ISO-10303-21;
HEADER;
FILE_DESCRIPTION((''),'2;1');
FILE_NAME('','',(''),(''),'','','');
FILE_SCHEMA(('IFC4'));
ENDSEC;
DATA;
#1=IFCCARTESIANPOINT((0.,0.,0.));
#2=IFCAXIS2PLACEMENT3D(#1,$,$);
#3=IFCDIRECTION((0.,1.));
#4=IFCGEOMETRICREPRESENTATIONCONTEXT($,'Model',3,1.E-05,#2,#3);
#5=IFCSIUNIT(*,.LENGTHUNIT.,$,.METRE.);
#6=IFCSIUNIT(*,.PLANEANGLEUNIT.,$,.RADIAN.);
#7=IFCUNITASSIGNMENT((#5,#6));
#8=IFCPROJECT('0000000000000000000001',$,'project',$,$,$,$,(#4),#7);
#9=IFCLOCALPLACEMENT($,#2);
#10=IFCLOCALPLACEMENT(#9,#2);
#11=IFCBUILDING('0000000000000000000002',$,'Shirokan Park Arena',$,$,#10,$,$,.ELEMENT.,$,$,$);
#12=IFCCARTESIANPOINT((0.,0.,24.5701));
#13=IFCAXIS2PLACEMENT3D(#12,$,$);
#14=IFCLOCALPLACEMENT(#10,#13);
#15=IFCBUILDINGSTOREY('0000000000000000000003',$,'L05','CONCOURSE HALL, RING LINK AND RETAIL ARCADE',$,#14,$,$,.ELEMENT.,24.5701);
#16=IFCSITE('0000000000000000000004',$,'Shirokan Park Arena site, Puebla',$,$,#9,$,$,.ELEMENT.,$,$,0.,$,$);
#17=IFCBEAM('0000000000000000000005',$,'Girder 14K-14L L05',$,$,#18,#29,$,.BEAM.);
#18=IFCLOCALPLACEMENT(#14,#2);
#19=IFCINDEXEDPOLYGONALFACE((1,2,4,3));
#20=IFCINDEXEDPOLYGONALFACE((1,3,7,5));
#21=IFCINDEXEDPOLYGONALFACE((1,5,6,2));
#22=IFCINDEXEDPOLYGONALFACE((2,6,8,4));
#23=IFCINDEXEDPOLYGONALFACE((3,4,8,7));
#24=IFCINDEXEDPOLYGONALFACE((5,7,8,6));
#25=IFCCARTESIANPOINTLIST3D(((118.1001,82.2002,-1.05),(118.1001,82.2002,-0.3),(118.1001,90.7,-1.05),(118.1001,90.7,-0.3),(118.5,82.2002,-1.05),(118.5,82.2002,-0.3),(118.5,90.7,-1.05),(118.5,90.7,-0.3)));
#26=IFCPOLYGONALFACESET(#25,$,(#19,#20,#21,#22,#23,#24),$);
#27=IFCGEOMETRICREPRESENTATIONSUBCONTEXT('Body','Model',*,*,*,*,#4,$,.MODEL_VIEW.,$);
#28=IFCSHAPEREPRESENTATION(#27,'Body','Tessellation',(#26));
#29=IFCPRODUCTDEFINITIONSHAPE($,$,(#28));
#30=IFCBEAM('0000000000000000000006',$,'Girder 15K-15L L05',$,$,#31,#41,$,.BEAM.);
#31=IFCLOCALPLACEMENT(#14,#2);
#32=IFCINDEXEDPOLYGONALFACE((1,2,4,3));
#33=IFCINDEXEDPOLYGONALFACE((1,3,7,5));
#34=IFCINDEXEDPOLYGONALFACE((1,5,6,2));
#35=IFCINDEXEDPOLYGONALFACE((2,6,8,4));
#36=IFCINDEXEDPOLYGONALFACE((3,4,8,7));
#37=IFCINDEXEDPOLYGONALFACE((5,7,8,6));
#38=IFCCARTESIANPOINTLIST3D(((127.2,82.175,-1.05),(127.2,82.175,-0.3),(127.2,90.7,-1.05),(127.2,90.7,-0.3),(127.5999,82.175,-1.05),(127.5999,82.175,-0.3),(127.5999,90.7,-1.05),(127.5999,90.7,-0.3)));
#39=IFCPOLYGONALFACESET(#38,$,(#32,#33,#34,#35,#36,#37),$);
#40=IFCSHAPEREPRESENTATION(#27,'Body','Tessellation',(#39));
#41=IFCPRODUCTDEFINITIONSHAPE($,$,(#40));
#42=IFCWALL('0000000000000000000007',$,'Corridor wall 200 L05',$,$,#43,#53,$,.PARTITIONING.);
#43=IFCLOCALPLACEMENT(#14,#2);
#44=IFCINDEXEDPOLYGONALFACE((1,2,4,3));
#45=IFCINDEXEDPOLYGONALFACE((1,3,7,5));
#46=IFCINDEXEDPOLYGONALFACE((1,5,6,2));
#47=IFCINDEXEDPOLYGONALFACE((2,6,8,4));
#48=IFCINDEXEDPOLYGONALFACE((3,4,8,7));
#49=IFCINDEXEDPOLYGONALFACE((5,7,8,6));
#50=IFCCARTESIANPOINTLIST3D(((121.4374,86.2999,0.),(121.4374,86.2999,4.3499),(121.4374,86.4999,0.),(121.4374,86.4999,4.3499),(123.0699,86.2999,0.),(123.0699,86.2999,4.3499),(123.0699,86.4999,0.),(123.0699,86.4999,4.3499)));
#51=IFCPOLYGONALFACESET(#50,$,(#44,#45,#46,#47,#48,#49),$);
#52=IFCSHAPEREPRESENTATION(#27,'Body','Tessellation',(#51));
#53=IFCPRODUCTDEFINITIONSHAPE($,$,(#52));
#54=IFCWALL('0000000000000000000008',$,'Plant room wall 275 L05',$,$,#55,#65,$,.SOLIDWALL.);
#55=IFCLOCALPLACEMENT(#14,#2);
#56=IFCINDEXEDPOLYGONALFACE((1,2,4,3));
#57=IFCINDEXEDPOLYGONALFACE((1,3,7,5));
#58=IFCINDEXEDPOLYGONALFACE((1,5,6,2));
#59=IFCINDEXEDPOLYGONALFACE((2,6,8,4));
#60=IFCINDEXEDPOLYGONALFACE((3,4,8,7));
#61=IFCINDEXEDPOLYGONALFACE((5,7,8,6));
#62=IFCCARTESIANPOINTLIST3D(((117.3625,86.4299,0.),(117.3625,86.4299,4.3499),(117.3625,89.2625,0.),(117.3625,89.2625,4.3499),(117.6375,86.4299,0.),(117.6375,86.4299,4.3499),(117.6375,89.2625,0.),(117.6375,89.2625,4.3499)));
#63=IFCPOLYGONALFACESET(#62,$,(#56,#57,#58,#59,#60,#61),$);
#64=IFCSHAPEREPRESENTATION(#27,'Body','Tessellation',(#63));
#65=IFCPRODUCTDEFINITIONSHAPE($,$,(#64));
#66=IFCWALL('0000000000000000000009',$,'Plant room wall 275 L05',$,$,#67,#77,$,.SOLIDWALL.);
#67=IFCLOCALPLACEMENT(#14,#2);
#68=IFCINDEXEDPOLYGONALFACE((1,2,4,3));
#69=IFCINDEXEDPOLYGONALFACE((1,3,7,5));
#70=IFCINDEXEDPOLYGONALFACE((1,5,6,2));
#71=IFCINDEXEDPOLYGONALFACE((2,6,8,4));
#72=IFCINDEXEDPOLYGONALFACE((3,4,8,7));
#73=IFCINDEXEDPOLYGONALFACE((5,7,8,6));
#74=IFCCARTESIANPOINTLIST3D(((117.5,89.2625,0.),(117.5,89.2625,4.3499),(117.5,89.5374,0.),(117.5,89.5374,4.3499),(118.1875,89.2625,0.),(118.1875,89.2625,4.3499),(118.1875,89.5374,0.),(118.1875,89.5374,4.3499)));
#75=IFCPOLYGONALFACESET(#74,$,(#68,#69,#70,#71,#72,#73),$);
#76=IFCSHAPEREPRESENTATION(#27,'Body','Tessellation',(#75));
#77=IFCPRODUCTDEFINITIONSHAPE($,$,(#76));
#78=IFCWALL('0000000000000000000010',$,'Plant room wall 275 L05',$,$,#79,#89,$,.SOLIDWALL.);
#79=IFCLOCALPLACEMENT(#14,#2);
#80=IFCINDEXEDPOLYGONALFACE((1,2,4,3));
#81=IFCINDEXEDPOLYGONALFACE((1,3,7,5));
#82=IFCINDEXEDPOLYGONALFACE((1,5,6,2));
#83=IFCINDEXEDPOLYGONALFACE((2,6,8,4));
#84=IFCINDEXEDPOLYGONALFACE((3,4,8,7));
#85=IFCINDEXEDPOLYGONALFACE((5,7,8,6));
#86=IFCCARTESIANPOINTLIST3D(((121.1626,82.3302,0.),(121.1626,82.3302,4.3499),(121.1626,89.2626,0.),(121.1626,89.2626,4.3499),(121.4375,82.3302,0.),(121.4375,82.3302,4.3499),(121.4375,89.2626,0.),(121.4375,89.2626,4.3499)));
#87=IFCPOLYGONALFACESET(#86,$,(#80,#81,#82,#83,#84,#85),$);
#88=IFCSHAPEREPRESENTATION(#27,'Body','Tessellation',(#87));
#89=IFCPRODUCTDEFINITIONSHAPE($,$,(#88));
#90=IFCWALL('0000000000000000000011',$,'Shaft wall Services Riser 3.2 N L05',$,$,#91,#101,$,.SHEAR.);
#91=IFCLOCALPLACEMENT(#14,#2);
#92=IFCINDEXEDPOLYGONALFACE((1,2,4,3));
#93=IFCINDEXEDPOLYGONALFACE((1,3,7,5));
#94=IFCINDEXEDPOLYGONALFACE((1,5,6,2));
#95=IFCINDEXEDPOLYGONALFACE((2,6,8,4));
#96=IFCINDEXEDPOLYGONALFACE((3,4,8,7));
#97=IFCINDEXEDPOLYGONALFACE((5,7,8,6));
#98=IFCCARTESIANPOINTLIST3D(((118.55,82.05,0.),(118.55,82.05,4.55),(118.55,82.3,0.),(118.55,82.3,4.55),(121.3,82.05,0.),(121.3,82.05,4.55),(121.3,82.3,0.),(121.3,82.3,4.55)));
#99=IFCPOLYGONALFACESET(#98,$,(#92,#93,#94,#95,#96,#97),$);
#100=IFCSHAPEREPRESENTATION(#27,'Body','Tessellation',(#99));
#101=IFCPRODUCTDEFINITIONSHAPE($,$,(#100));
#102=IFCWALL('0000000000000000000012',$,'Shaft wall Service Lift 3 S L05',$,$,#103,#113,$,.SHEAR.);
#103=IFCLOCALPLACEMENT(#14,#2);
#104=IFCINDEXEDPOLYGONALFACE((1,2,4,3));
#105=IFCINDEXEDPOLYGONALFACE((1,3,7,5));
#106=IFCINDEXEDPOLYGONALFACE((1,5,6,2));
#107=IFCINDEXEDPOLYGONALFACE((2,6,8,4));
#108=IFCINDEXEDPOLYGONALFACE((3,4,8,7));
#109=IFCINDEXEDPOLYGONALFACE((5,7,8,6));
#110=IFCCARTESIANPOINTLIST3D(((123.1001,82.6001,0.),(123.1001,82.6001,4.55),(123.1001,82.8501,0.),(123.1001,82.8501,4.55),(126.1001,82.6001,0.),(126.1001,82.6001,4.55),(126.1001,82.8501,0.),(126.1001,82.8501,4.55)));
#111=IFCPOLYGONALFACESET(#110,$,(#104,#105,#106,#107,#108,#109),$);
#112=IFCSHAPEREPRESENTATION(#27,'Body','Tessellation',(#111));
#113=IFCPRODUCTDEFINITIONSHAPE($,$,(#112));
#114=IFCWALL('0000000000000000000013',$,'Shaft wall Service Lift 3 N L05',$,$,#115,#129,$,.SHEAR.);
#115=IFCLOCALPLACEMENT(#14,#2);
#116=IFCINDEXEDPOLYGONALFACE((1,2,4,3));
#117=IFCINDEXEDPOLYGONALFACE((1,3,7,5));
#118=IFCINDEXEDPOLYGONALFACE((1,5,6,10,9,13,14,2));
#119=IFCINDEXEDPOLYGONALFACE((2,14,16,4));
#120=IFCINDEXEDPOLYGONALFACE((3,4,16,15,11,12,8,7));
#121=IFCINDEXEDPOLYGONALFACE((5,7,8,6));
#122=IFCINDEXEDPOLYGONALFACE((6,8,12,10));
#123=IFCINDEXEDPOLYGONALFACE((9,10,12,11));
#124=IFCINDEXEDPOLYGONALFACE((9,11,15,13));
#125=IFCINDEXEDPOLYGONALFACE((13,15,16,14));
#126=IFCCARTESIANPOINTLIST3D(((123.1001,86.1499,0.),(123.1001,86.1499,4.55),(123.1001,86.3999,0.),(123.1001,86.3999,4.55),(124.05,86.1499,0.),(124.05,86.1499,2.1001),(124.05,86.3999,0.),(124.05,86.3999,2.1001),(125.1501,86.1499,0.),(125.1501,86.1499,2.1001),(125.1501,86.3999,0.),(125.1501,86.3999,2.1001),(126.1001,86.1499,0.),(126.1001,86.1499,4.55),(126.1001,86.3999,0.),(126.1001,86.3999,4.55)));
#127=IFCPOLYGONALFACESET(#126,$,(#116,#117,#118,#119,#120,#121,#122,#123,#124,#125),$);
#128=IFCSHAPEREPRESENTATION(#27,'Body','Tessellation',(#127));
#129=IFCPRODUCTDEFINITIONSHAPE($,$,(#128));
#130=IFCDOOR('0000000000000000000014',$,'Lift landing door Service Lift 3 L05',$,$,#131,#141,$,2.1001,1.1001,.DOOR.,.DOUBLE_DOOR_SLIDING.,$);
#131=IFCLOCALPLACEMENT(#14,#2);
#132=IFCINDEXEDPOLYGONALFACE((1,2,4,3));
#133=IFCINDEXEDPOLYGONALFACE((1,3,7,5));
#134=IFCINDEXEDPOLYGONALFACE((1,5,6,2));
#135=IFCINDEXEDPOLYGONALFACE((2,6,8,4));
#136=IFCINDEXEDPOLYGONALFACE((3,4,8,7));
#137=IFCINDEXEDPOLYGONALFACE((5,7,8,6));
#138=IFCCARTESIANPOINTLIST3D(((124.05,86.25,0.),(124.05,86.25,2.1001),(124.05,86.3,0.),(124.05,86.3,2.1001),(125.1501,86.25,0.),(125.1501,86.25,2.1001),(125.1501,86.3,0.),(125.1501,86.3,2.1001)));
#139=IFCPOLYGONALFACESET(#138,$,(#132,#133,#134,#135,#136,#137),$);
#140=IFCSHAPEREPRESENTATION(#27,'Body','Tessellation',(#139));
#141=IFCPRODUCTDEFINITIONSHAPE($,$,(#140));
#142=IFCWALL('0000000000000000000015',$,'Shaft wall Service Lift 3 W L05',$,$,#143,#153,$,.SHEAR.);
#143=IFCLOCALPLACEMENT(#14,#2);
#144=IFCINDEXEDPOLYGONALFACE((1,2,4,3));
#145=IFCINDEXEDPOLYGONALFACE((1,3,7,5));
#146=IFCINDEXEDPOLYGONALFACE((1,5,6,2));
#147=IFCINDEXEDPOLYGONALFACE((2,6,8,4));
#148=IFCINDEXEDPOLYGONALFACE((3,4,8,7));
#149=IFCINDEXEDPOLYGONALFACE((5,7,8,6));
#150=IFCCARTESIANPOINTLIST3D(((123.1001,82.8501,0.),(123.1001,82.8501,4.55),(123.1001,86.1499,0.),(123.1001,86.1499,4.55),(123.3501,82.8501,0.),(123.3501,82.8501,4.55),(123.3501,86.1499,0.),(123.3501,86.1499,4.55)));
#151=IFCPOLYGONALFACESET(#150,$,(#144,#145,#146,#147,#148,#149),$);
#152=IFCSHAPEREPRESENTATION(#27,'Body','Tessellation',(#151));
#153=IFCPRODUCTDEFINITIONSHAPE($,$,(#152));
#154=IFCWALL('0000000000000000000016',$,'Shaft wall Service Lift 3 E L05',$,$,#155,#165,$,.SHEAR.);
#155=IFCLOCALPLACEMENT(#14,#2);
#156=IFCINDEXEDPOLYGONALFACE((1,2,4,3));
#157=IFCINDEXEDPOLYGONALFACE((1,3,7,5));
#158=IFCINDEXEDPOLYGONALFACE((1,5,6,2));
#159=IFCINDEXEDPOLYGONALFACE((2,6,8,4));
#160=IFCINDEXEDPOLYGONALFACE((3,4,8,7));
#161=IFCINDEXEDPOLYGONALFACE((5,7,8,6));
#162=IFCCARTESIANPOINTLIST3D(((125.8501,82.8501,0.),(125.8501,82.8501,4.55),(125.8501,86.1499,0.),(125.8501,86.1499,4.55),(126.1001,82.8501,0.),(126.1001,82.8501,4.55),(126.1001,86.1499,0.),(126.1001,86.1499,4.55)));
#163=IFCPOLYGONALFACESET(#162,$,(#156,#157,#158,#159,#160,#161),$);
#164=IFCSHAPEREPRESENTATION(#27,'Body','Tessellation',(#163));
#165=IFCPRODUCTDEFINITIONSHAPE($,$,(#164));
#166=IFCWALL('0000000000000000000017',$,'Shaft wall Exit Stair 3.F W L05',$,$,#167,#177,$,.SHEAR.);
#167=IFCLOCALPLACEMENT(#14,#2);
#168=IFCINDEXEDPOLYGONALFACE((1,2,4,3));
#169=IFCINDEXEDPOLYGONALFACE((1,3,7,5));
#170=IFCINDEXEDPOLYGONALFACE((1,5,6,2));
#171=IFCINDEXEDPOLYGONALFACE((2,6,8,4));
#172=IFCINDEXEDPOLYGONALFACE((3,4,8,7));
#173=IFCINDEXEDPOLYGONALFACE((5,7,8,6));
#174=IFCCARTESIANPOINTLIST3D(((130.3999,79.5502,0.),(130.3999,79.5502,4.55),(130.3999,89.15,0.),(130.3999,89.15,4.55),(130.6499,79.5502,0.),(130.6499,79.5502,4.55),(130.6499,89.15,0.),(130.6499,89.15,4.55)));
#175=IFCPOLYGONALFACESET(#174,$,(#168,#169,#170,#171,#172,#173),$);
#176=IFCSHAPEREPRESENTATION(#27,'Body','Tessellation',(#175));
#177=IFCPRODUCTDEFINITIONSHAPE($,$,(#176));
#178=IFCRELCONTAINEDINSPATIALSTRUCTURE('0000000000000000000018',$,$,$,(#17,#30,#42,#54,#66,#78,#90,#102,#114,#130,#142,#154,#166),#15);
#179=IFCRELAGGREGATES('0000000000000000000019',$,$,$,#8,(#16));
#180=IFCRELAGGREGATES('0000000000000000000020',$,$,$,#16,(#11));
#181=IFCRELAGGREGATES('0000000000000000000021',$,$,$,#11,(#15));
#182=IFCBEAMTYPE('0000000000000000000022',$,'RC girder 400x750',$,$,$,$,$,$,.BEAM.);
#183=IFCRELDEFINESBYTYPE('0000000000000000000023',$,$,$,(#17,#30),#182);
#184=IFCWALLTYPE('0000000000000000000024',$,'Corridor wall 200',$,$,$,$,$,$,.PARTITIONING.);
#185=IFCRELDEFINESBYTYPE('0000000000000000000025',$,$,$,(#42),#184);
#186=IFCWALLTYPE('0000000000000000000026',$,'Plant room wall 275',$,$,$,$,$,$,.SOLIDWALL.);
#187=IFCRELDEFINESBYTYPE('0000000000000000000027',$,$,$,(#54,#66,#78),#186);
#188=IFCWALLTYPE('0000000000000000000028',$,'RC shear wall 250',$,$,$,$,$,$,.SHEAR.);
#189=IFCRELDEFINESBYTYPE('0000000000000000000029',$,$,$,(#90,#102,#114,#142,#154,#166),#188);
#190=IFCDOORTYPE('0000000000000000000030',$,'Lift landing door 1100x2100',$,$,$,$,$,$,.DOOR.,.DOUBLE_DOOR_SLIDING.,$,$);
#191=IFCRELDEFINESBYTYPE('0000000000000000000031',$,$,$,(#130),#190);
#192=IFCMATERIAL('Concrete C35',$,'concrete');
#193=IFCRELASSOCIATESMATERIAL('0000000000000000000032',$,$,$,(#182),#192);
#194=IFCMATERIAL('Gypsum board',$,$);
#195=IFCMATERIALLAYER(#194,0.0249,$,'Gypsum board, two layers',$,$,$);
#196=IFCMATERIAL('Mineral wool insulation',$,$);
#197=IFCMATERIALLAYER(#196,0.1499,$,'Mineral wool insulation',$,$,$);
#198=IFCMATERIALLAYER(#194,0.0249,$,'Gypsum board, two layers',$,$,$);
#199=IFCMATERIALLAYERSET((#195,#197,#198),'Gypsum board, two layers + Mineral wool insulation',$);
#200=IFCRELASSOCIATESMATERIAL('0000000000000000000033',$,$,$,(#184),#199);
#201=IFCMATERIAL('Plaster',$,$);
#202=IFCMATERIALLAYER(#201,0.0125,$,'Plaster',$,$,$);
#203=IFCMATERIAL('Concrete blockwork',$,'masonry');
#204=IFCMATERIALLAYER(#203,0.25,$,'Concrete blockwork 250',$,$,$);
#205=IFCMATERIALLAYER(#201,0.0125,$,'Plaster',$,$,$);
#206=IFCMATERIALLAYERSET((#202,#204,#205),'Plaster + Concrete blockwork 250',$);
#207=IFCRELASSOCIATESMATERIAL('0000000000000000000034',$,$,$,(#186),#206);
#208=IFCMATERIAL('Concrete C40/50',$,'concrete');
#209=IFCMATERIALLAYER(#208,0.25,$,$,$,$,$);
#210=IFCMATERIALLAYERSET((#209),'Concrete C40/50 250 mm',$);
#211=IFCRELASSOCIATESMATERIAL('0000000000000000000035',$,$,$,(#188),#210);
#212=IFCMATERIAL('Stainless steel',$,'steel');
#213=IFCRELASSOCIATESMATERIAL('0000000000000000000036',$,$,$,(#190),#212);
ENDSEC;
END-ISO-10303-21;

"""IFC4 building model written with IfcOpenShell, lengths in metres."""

from ifc_helpers import new_model, si_unit, direction, frame, frame_2d, origin, origin_2d, place, context, subcontext, project, spatial, rectangle, extrude, material, layer, layer_set, material_profile, profile_set, type_object, element, fill, save


model = new_model("IFC4")

# Units and contexts
model_context = context("Model", 3, precision=1e-05, world=origin(), true_north=direction((0.0, 1.0)))
body_context = subcontext(model_context, "Body", "Model", "MODEL_VIEW")
ifc_project = project(units=[si_unit("LENGTHUNIT", "METRE"), si_unit("PLANEANGLEUNIT", "RADIAN")], contexts=[model_context])

# Site, building, storey
site_placement = place(None, origin())
site = spatial("IfcSite", under=ifc_project, at=site_placement, Name="Shirokan Park Arena site, Puebla", CompositionType="ELEMENT", RefElevation=0.0)
building_placement = place(site_placement, origin())
building = spatial("IfcBuilding", under=site, at=building_placement, Name="Shirokan Park Arena", CompositionType="ELEMENT")
storey_placement = place(building_placement, frame((0.0, 0.0, 24.5701)))
storey = spatial("IfcBuildingStorey", under=building, at=storey_placement, Name="L05", Description="CONCOURSE HALL, RING LINK AND RETAIL ARCADE", CompositionType="ELEMENT", Elevation=24.5701)

# Beams
ifc_material_1 = material(Name="Concrete C35", Category="concrete")
ifc_material_profile = material_profile(ifc_material_1, rectangle(XDim=0.3999, YDim=0.75, at=origin_2d()), Name="400x750")
ifc_profile_set = profile_set([ifc_material_profile], Name="Concrete C35")
beam_type = type_object("IfcBeamType", Name="RC girder 400x750", PredefinedType="BEAM", material=ifc_profile_set)
beam_1_placement = place(storey_placement, frame((118.3, 82.2002, -0.675), z_axis=(0.0, 1.0, 0.0), x_axis=(-1.0, 0.0, 0.0)))
element("IfcBeam", 1, at=beam_1_placement, inside=storey, type_object=beam_type, Name="Girder 14K-14L L05", PredefinedType="BEAM", context=body_context, shape_type="SweptSolid", body=[
    extrude(rectangle(XDim=0.3999, YDim=0.75, at=origin_2d()), origin(), (0.0, 0.0, 1.0), 8.4998),
])
beam_2_placement = place(storey_placement, frame((127.3999, 82.175, -0.675), z_axis=(0.0, 1.0, 0.0), x_axis=(-1.0, 0.0, 0.0)))
element("IfcBeam", 2, at=beam_2_placement, inside=storey, type_object=beam_type, Name="Girder 15K-15L L05", PredefinedType="BEAM", context=body_context, shape_type="SweptSolid", body=[
    extrude(rectangle(XDim=0.3999, YDim=0.75, at=origin_2d()), origin(), (0.0, 0.0, 1.0), 8.5249),
])

# Shared definitions
ifc_material_2 = material(Name="Gypsum board")
ifc_layer_1 = layer(ifc_material_2, 0.0249, Name="Gypsum board, two layers")
ifc_material_3 = material(Name="Mineral wool insulation")
ifc_layer_2 = layer(ifc_material_3, 0.1499, Name="Mineral wool insulation")
ifc_layer_3 = layer(ifc_material_2, 0.0249, Name="Gypsum board, two layers")
ifc_layer_set_1 = layer_set([ifc_layer_1, ifc_layer_2, ifc_layer_3], Name="Gypsum board, two layers + Mineral wool insulation")
wall_type_1 = type_object("IfcWallType", Name="Corridor wall 200", PredefinedType="PARTITIONING", material=ifc_layer_set_1)

# Wall
wall_1_placement = place(storey_placement, frame((123.0701, 86.3999, 0.0), z_axis=(0.0, 0.0, 1.0), x_axis=(-1.0, 0.0, 0.0)))
element("IfcWall", 3, at=wall_1_placement, inside=storey, type_object=wall_type_1, Name="Corridor wall 200 L05", PredefinedType="PARTITIONING", context=body_context, shape_type="SweptSolid", body=[
    extrude(rectangle(XDim=1.6326, YDim=0.2, at=frame_2d((0.8164, 0.0))), origin(), (0.0, 0.0, 1.0), 4.3499),
])

# Walls
ifc_material_4 = material(Name="Plaster")
ifc_layer_4 = layer(ifc_material_4, 0.0125, Name="Plaster")
ifc_material_5 = material(Name="Concrete blockwork", Category="masonry")
ifc_layer_5 = layer(ifc_material_5, 0.25, Name="Concrete blockwork 250")
ifc_layer_6 = layer(ifc_material_4, 0.0125, Name="Plaster")
ifc_layer_set_2 = layer_set([ifc_layer_4, ifc_layer_5, ifc_layer_6], Name="Plaster + Concrete blockwork 250")
wall_type_2 = type_object("IfcWallType", Name="Plant room wall 275", PredefinedType="SOLIDWALL", material=ifc_layer_set_2)
wall_2_placement = place(storey_placement, frame((117.5, 86.4299, 0.0), z_axis=(0.0, 0.0, 1.0), x_axis=(0.0, 1.0, 0.0)))
element("IfcWall", 4, at=wall_2_placement, inside=storey, type_object=wall_type_2, Name="Plant room wall 275 L05", PredefinedType="SOLIDWALL", context=body_context, shape_type="SweptSolid", body=[
    extrude(rectangle(XDim=2.8325, YDim=0.2749, at=frame_2d((1.4163, 0.0))), origin(), (0.0, 0.0, 1.0), 4.3499),
])
wall_3_placement = place(storey_placement, frame((118.1875, 89.3999, 0.0), z_axis=(0.0, 0.0, 1.0), x_axis=(-1.0, 0.0, 0.0)))
element("IfcWall", 5, at=wall_3_placement, inside=storey, type_object=wall_type_2, Name="Plant room wall 275 L05", PredefinedType="SOLIDWALL", context=body_context, shape_type="SweptSolid", body=[
    extrude(rectangle(XDim=0.6875, YDim=0.2749, at=frame_2d((0.3438, 0.0))), origin(), (0.0, 0.0, 1.0), 4.3499),
])
wall_4_placement = place(storey_placement, frame((121.3, 82.3301, 0.0), z_axis=(0.0, 0.0, 1.0), x_axis=(0.0, 1.0, 0.0)))
element("IfcWall", 6, at=wall_4_placement, inside=storey, type_object=wall_type_2, Name="Plant room wall 275 L05", PredefinedType="SOLIDWALL", context=body_context, shape_type="SweptSolid", body=[
    extrude(rectangle(XDim=6.9324, YDim=0.2749, at=frame_2d((3.4663, 0.0))), origin(), (0.0, 0.0, 1.0), 4.3499),
])

# Walls
ifc_material_6 = material(Name="Concrete C40/50", Category="concrete")
ifc_layer_7 = layer(ifc_material_6, 0.25)
ifc_layer_set_3 = layer_set([ifc_layer_7], Name="Concrete C40/50 250 mm")
wall_type_3 = type_object("IfcWallType", Name="RC shear wall 250", PredefinedType="SHEAR", material=ifc_layer_set_3)
wall_5_placement = place(storey_placement, frame((121.3, 82.175, 0.0), z_axis=(0.0, 0.0, 1.0), x_axis=(-1.0, 0.0, 0.0)))
element("IfcWall", 7, at=wall_5_placement, inside=storey, type_object=wall_type_3, Name="Shaft wall Services Riser 3.2 N L05", PredefinedType="SHEAR", context=body_context, shape_type="SweptSolid", body=[
    extrude(rectangle(XDim=2.75, YDim=0.25, at=frame_2d((1.375, 0.0))), origin(), (0.0, 0.0, 1.0), 4.55),
])
wall_6_placement = place(storey_placement, frame((126.1001, 82.7251, 0.0), z_axis=(0.0, 0.0, 1.0), x_axis=(-1.0, 0.0, 0.0)))
element("IfcWall", 8, at=wall_6_placement, inside=storey, type_object=wall_type_3, Name="Shaft wall Service Lift 3 S L05", PredefinedType="SHEAR", context=body_context, shape_type="SweptSolid", body=[
    extrude(rectangle(XDim=3.0, YDim=0.25, at=frame_2d((1.5, 0.0))), origin(), (0.0, 0.0, 1.0), 4.55),
])

# Wall, opening, door
wall_7_placement = place(storey_placement, frame((126.1001, 86.2749, 0.0), z_axis=(0.0, 0.0, 1.0), x_axis=(-1.0, 0.0, 0.0)))
wall_7 = element("IfcWall", 9, at=wall_7_placement, inside=storey, type_object=wall_type_3, Name="Shaft wall Service Lift 3 N L05", PredefinedType="SHEAR", context=body_context, shape_type="SweptSolid", body=[
    extrude(rectangle(XDim=3.0, YDim=0.25, at=frame_2d((1.5, 0.0))), origin(), (0.0, 0.0, 1.0), 4.55),
])
opening_1_placement = place(wall_7_placement, frame((0.95, 0.0, 0.0)))
opening_1 = element("IfcOpeningElement", 10, at=opening_1_placement, cuts=wall_7, PredefinedType="OPENING", context=body_context, shape_type="SweptSolid", body=[
    extrude(rectangle(XDim=1.1001, YDim=2.1001, at=frame_2d((0.55, 1.05))), frame((0.0, 0.135, 0.0), z_axis=(0.0, -1.0, 0.0), x_axis=(1.0, 0.0, 0.0)), (0.0, 0.0, 1.0), 0.27),
])
ifc_material_7 = material(Name="Stainless steel", Category="steel")
door_type_1 = type_object("IfcDoorType", Name="Lift landing door 1100x2100", OperationType="DOUBLE_DOOR_SLIDING", PredefinedType="DOOR", material=ifc_material_7)
door_1_placement = place(opening_1_placement, origin())
door_1 = element("IfcDoor", 11, at=door_1_placement, inside=storey, type_object=door_type_1, Name="Lift landing door Service Lift 3 L05", OperationType="DOUBLE_DOOR_SLIDING", OverallHeight=2.1001, OverallWidth=1.1001, PredefinedType="DOOR", context=body_context, shape_type="SweptSolid", body=[
    extrude(rectangle(XDim=1.1001, YDim=2.1001, at=frame_2d((0.55, 1.05))), frame((0.0, 0.0249, 0.0), z_axis=(0.0, -1.0, 0.0), x_axis=(1.0, 0.0, 0.0)), (0.0, 0.0, 1.0), 0.05),
])
fill(opening_1, door_1)

# Walls
for number, where, z_axis, x_axis, name in (
    (12, (123.2251, 86.1499, 0.0), (0.0, 0.0, 1.0), (0.0, -1.0, 0.0), "Shaft wall Service Lift 3 W L05"),
    (13, (125.9751, 86.1499, 0.0), (0.0, 0.0, 1.0), (0.0, -1.0, 0.0), "Shaft wall Service Lift 3 E L05"),
):
    element("IfcWall", number, at=place(storey_placement, frame(where, z_axis=z_axis, x_axis=x_axis)), inside=storey, type_object=wall_type_3, Name=name, PredefinedType="SHEAR", context=body_context, shape_type="SweptSolid", body=[
        extrude(rectangle(XDim=3.2998, YDim=0.25, at=frame_2d((1.6499, 0.0))), origin(), (0.0, 0.0, 1.0), 4.55),
    ])
wall_8_placement = place(storey_placement, frame((130.5249, 89.1499, 0.0), z_axis=(0.0, 0.0, 1.0), x_axis=(0.0, -1.0, 0.0)))
element("IfcWall", 14, at=wall_8_placement, inside=storey, type_object=wall_type_3, Name="Shaft wall Exit Stair 3.F W L05", PredefinedType="SHEAR", context=body_context, shape_type="SweptSolid", body=[
    extrude(rectangle(XDim=9.5999, YDim=0.25, at=frame_2d((4.7998, 0.0))), origin(), (0.0, 0.0, 1.0), 4.55),
])

save(model, "model.ifc")
